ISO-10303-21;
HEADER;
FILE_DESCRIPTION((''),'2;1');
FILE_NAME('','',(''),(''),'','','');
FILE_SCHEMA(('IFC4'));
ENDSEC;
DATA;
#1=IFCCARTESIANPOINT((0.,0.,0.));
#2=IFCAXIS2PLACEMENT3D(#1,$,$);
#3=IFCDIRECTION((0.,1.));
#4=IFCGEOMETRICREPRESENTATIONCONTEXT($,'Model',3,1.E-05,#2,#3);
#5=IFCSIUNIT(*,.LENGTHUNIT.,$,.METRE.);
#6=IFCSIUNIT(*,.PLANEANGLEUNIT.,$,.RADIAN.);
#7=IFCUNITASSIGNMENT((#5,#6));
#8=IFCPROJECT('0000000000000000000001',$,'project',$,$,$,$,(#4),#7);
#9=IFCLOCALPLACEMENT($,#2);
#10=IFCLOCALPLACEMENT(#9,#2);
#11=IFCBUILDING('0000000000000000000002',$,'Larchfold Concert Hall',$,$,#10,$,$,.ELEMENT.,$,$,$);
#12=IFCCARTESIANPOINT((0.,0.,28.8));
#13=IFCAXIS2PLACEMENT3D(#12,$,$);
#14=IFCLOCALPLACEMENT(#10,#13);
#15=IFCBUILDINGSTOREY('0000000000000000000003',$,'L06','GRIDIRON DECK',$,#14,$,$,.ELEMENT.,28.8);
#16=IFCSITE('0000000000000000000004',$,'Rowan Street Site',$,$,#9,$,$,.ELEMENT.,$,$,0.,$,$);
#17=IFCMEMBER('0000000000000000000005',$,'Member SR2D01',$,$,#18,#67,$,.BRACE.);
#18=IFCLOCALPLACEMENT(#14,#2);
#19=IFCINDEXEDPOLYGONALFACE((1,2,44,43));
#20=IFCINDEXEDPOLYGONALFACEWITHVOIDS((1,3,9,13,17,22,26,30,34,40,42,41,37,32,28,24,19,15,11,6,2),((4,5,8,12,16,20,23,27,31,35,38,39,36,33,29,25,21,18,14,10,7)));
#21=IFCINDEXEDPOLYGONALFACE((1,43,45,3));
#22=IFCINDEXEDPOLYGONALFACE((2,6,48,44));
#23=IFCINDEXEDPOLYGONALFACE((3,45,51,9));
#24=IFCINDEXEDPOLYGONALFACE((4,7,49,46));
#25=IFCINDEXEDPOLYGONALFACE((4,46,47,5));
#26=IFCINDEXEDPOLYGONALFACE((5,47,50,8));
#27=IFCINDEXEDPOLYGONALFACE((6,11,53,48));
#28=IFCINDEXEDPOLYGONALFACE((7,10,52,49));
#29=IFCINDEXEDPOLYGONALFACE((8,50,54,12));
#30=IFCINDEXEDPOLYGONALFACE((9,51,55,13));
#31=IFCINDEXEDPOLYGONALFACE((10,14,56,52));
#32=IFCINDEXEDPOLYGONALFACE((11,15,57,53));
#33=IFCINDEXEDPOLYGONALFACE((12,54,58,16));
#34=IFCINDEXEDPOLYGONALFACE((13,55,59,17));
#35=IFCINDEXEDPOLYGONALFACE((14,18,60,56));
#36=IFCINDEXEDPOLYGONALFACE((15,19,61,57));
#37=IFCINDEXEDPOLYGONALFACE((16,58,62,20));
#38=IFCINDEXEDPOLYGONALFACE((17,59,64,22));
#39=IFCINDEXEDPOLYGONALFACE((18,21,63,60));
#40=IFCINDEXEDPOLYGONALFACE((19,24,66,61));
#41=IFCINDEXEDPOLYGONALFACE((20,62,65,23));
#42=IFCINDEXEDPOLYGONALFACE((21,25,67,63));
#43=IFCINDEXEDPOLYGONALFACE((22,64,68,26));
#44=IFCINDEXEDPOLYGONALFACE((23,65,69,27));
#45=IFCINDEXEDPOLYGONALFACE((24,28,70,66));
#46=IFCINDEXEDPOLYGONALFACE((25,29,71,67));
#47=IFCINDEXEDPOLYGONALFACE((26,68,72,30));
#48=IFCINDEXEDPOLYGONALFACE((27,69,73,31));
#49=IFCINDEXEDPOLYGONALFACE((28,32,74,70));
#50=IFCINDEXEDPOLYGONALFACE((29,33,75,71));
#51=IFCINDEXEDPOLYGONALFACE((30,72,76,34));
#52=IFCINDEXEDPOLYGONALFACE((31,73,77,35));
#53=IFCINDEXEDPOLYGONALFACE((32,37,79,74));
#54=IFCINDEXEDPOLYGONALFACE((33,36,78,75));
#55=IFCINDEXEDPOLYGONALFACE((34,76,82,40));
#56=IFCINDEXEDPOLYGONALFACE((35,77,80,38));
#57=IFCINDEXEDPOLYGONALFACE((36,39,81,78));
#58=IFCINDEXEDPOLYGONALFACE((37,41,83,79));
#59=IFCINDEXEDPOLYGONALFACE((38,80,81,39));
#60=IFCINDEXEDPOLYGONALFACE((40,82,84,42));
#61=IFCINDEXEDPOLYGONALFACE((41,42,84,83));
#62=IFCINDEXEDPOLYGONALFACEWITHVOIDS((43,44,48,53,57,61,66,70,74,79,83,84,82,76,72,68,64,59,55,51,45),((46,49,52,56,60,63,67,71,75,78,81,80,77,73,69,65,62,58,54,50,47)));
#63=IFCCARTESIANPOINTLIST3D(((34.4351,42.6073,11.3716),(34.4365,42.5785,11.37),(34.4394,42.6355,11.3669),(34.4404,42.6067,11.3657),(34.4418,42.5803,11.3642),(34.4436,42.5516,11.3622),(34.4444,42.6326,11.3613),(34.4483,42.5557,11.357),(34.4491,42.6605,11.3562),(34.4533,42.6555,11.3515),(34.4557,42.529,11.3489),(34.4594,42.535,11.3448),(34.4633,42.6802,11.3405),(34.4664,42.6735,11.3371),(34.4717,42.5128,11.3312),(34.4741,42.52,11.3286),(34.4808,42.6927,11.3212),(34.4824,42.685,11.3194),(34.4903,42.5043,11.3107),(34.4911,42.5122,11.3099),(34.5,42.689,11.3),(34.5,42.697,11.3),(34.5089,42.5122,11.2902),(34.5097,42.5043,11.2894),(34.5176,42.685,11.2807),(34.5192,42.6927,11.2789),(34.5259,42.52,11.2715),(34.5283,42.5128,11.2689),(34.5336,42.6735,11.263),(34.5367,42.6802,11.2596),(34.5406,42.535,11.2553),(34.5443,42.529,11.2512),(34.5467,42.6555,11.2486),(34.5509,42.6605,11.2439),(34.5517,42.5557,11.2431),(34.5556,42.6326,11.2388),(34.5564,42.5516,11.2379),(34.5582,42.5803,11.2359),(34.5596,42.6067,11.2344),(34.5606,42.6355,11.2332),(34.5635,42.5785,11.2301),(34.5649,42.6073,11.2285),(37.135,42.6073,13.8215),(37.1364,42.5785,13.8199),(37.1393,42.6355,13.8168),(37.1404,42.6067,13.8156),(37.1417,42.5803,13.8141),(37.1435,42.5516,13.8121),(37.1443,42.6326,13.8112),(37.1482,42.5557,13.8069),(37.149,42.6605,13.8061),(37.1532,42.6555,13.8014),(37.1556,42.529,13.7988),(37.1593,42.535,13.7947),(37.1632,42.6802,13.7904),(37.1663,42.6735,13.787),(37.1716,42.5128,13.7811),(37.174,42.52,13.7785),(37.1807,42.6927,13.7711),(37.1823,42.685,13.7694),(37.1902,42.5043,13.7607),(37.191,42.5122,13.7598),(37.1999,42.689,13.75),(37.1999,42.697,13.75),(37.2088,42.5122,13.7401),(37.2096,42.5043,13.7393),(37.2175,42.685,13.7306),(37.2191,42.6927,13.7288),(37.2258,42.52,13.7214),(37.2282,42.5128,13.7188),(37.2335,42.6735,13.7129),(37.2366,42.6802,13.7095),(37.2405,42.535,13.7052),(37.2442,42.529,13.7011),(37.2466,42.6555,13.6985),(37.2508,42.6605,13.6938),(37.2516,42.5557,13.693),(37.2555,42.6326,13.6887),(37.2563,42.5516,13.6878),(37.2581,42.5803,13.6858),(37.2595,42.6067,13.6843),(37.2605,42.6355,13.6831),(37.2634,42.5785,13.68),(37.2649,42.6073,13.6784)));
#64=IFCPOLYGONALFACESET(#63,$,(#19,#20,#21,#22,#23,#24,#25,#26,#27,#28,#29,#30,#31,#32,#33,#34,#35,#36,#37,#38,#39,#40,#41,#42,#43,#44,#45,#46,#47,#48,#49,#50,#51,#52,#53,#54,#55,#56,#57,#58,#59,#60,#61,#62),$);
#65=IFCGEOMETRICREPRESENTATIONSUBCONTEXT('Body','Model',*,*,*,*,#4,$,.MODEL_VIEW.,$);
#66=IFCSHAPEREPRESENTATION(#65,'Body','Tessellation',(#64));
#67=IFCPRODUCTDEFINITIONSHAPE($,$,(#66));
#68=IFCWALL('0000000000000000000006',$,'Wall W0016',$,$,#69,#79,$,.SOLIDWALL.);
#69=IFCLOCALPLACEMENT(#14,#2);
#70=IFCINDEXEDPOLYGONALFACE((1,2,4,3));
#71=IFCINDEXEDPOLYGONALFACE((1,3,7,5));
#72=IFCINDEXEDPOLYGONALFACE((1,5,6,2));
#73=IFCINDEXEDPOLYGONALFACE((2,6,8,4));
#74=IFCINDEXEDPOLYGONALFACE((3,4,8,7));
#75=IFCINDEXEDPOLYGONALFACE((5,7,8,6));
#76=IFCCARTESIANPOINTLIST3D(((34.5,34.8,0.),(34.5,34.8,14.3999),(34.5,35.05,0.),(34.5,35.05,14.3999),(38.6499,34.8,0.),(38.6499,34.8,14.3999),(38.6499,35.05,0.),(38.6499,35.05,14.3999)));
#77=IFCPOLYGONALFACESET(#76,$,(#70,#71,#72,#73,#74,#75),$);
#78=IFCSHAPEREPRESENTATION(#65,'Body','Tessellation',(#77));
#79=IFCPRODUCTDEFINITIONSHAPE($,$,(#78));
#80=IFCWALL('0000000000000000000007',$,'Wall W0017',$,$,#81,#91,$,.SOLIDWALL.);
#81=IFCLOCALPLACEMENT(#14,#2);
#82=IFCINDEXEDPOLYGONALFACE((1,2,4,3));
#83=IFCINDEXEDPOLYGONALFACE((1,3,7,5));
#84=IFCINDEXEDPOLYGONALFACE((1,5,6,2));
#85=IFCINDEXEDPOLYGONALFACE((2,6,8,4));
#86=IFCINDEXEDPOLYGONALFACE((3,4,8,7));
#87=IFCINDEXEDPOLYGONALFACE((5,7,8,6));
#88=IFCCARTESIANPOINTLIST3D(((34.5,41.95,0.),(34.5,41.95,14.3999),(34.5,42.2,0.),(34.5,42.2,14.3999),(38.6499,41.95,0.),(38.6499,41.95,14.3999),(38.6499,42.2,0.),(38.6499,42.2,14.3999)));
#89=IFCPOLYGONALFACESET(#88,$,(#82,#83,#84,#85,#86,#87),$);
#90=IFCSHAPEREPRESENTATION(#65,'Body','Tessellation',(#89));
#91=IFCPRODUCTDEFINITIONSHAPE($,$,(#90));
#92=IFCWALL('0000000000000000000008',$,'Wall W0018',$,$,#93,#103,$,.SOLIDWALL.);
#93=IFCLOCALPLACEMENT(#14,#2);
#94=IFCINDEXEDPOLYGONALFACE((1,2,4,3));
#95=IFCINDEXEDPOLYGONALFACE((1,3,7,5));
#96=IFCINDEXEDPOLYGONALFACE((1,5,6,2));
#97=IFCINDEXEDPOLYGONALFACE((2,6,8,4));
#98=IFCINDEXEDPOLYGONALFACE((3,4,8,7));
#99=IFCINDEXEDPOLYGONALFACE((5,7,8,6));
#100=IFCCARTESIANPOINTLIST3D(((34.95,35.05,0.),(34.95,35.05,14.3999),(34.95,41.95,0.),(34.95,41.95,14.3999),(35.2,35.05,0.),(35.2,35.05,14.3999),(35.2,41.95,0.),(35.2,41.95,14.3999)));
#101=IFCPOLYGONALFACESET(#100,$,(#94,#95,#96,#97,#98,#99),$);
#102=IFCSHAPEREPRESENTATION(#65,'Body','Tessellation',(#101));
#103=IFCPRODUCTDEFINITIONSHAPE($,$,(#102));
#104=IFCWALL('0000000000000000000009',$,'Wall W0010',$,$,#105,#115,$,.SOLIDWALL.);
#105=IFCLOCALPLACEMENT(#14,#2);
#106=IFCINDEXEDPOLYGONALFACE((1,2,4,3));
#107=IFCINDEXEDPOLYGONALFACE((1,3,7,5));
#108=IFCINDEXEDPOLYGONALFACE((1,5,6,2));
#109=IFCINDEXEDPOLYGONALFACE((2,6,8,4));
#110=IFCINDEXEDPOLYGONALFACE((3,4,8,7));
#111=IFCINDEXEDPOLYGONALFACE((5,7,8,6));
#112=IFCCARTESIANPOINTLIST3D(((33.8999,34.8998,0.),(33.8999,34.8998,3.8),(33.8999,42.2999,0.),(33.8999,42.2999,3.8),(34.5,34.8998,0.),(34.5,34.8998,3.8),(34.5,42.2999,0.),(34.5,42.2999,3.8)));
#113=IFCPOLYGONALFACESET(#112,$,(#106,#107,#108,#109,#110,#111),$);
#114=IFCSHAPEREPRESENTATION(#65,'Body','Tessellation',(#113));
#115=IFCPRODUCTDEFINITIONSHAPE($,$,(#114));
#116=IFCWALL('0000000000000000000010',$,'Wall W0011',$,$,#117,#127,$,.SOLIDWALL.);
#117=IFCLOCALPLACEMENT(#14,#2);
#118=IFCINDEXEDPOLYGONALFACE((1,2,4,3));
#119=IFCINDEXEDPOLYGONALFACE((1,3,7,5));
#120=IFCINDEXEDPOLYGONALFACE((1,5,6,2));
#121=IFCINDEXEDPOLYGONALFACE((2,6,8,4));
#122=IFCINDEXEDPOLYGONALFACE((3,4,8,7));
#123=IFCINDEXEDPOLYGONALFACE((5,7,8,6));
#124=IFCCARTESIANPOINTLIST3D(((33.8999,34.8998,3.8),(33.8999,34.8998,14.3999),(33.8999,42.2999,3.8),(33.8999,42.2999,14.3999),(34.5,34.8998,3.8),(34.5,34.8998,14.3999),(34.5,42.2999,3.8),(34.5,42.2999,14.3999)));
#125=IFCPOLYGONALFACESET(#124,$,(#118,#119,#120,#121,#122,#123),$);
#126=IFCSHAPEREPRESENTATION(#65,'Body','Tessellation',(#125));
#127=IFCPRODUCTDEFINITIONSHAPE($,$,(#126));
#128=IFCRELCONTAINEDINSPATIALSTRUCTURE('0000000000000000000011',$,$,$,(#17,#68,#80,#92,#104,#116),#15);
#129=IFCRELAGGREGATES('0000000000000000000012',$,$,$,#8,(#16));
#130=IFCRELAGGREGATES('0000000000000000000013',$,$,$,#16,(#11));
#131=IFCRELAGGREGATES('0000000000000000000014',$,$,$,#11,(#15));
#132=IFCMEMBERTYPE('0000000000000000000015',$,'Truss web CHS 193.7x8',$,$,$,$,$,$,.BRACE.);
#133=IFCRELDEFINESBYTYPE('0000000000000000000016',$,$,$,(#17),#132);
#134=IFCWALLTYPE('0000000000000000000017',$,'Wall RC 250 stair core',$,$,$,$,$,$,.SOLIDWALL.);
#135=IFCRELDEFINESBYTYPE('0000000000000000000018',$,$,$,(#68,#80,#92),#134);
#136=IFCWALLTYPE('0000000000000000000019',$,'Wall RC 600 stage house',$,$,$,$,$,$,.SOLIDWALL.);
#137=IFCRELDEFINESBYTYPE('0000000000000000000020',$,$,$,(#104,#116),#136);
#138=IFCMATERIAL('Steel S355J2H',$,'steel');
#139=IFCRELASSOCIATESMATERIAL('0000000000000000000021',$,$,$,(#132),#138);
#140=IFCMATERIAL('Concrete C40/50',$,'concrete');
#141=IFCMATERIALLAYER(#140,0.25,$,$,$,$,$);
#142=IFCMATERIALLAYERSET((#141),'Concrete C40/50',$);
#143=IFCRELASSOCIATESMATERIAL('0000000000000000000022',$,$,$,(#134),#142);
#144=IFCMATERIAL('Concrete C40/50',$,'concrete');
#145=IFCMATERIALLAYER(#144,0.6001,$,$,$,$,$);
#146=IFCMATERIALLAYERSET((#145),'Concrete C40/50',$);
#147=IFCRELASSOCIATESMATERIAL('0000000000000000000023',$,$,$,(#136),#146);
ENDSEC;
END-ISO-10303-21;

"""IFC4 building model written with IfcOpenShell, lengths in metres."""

from ifc_helpers import new_model, si_unit, direction, frame, frame_2d, origin, origin_2d, place, context, subcontext, project, spatial, rectangle, hollow_circle, extrude, material, layer, layer_set, material_profile, profile_set, type_object, element, save


model = new_model("IFC4")

# Units and contexts
model_context = context("Model", 3, precision=1e-05, world=origin(), true_north=direction((0.0, 1.0)))
body_context = subcontext(model_context, "Body", "Model", "MODEL_VIEW")
ifc_project = project(units=[si_unit("LENGTHUNIT", "METRE"), si_unit("PLANEANGLEUNIT", "RADIAN")], contexts=[model_context])

# Site, building, storey
site_placement = place(None, origin())
site = spatial("IfcSite", under=ifc_project, at=site_placement, Name="Rowan Street Site", CompositionType="ELEMENT", RefElevation=0.0)
building_placement = place(site_placement, origin())
building = spatial("IfcBuilding", under=site, at=building_placement, Name="Larchfold Concert Hall", CompositionType="ELEMENT")
storey_placement = place(building_placement, frame((0.0, 0.0, 28.8)))
storey = spatial("IfcBuildingStorey", under=building, at=storey_placement, Name="L06", Description="GRIDIRON DECK", CompositionType="ELEMENT", Elevation=28.8)

# Member
ifc_material_1 = material(Name="Steel S355J2H", Category="steel")
ifc_material_profile_1 = material_profile(ifc_material_1, hollow_circle(Radius=0.0969, WallThickness=0.0081, at=origin_2d()))
ifc_profile_set_1 = profile_set([ifc_material_profile_1], Name="Steel S355J2H")
member_type_1 = type_object("IfcMemberType", Name="Truss web CHS 193.7x8", PredefinedType="BRACE", material=ifc_profile_set_1)
for number, where, z_axis, x_axis, name in (
    (1, (34.5, 42.6001, 11.3), (0.740561, 0.0, 0.671989), (0.0, 1.0, 0.0), "Member SR2D01"),
):
    element("IfcMember", number, at=place(storey_placement, frame(where, z_axis=z_axis, x_axis=x_axis)), inside=storey, type_object=member_type_1, Name=name, PredefinedType="BRACE", context=body_context, shape_type="SweptSolid", body=[
        extrude(hollow_circle(Radius=0.0969, WallThickness=0.0081, at=origin_2d()), origin(), (0.0, 0.0, 1.0), 3.6458),
    ])

# Walls
ifc_material_2 = material(Name="Concrete C40/50", Category="concrete")
ifc_layer_1 = layer(ifc_material_2, 0.25)
ifc_layer_set_1 = layer_set([ifc_layer_1], Name="Concrete C40/50")
wall_type_1 = type_object("IfcWallType", Name="Wall RC 250 stair core", PredefinedType="SOLIDWALL", material=ifc_layer_set_1)
for number, where, z_axis, x_axis, name in (
    (2, (34.5, 34.925, 0.0), (0.0, 0.0, 1.0), (1.0, 0.0, 0.0), "Wall W0016"),
    (3, (34.5, 42.075, 0.0), (0.0, 0.0, 1.0), (1.0, 0.0, 0.0), "Wall W0017"),
):
    element("IfcWall", number, at=place(storey_placement, frame(where, z_axis=z_axis, x_axis=x_axis)), inside=storey, type_object=wall_type_1, Name=name, PredefinedType="SOLIDWALL", context=body_context, shape_type="SweptSolid", body=[
        extrude(rectangle(XDim=4.1499, YDim=0.25, at=frame_2d((2.075, 0.0))), origin(), (0.0, 0.0, 1.0), 14.3999),
    ])
wall_1_placement = place(storey_placement, frame((35.075, 35.05, 0.0), z_axis=(0.0, 0.0, 1.0), x_axis=(0.0, 1.0, 0.0)))
element("IfcWall", 4, at=wall_1_placement, inside=storey, type_object=wall_type_1, Name="Wall W0018", PredefinedType="SOLIDWALL", context=body_context, shape_type="SweptSolid", body=[
    extrude(rectangle(XDim=6.8999, YDim=0.25, at=frame_2d((3.45, 0.0))), origin(), (0.0, 0.0, 1.0), 14.3999),
])
ifc_material_3 = material(Name="Concrete C40/50", Category="concrete")
ifc_layer_2 = layer(ifc_material_3, 0.6001)
ifc_layer_set_2 = layer_set([ifc_layer_2], Name="Concrete C40/50")
wall_type_2 = type_object("IfcWallType", Name="Wall RC 600 stage house", PredefinedType="SOLIDWALL", material=ifc_layer_set_2)
wall_2_placement = place(storey_placement, frame((34.2, 42.3, 0.0), z_axis=(0.0, 0.0, 1.0), x_axis=(0.0, -1.0, 0.0)))
element("IfcWall", 5, at=wall_2_placement, inside=storey, type_object=wall_type_2, Name="Wall W0010", PredefinedType="SOLIDWALL", context=body_context, shape_type="SweptSolid", body=[
    extrude(rectangle(XDim=7.4001, YDim=0.6001, at=frame_2d((3.7002, 0.0))), origin(), (0.0, 0.0, 1.0), 3.8),
])
wall_3_placement = place(storey_placement, frame((34.2, 42.3, 3.8), z_axis=(0.0, 0.0, 1.0), x_axis=(0.0, -1.0, 0.0)))
element("IfcWall", 6, at=wall_3_placement, inside=storey, type_object=wall_type_2, Name="Wall W0011", PredefinedType="SOLIDWALL", context=body_context, shape_type="SweptSolid", body=[
    extrude(rectangle(XDim=7.4001, YDim=0.6001, at=frame_2d((3.7002, 0.0))), origin(), (0.0, 0.0, 1.0), 10.5999),
])

save(model, "model.ifc")
